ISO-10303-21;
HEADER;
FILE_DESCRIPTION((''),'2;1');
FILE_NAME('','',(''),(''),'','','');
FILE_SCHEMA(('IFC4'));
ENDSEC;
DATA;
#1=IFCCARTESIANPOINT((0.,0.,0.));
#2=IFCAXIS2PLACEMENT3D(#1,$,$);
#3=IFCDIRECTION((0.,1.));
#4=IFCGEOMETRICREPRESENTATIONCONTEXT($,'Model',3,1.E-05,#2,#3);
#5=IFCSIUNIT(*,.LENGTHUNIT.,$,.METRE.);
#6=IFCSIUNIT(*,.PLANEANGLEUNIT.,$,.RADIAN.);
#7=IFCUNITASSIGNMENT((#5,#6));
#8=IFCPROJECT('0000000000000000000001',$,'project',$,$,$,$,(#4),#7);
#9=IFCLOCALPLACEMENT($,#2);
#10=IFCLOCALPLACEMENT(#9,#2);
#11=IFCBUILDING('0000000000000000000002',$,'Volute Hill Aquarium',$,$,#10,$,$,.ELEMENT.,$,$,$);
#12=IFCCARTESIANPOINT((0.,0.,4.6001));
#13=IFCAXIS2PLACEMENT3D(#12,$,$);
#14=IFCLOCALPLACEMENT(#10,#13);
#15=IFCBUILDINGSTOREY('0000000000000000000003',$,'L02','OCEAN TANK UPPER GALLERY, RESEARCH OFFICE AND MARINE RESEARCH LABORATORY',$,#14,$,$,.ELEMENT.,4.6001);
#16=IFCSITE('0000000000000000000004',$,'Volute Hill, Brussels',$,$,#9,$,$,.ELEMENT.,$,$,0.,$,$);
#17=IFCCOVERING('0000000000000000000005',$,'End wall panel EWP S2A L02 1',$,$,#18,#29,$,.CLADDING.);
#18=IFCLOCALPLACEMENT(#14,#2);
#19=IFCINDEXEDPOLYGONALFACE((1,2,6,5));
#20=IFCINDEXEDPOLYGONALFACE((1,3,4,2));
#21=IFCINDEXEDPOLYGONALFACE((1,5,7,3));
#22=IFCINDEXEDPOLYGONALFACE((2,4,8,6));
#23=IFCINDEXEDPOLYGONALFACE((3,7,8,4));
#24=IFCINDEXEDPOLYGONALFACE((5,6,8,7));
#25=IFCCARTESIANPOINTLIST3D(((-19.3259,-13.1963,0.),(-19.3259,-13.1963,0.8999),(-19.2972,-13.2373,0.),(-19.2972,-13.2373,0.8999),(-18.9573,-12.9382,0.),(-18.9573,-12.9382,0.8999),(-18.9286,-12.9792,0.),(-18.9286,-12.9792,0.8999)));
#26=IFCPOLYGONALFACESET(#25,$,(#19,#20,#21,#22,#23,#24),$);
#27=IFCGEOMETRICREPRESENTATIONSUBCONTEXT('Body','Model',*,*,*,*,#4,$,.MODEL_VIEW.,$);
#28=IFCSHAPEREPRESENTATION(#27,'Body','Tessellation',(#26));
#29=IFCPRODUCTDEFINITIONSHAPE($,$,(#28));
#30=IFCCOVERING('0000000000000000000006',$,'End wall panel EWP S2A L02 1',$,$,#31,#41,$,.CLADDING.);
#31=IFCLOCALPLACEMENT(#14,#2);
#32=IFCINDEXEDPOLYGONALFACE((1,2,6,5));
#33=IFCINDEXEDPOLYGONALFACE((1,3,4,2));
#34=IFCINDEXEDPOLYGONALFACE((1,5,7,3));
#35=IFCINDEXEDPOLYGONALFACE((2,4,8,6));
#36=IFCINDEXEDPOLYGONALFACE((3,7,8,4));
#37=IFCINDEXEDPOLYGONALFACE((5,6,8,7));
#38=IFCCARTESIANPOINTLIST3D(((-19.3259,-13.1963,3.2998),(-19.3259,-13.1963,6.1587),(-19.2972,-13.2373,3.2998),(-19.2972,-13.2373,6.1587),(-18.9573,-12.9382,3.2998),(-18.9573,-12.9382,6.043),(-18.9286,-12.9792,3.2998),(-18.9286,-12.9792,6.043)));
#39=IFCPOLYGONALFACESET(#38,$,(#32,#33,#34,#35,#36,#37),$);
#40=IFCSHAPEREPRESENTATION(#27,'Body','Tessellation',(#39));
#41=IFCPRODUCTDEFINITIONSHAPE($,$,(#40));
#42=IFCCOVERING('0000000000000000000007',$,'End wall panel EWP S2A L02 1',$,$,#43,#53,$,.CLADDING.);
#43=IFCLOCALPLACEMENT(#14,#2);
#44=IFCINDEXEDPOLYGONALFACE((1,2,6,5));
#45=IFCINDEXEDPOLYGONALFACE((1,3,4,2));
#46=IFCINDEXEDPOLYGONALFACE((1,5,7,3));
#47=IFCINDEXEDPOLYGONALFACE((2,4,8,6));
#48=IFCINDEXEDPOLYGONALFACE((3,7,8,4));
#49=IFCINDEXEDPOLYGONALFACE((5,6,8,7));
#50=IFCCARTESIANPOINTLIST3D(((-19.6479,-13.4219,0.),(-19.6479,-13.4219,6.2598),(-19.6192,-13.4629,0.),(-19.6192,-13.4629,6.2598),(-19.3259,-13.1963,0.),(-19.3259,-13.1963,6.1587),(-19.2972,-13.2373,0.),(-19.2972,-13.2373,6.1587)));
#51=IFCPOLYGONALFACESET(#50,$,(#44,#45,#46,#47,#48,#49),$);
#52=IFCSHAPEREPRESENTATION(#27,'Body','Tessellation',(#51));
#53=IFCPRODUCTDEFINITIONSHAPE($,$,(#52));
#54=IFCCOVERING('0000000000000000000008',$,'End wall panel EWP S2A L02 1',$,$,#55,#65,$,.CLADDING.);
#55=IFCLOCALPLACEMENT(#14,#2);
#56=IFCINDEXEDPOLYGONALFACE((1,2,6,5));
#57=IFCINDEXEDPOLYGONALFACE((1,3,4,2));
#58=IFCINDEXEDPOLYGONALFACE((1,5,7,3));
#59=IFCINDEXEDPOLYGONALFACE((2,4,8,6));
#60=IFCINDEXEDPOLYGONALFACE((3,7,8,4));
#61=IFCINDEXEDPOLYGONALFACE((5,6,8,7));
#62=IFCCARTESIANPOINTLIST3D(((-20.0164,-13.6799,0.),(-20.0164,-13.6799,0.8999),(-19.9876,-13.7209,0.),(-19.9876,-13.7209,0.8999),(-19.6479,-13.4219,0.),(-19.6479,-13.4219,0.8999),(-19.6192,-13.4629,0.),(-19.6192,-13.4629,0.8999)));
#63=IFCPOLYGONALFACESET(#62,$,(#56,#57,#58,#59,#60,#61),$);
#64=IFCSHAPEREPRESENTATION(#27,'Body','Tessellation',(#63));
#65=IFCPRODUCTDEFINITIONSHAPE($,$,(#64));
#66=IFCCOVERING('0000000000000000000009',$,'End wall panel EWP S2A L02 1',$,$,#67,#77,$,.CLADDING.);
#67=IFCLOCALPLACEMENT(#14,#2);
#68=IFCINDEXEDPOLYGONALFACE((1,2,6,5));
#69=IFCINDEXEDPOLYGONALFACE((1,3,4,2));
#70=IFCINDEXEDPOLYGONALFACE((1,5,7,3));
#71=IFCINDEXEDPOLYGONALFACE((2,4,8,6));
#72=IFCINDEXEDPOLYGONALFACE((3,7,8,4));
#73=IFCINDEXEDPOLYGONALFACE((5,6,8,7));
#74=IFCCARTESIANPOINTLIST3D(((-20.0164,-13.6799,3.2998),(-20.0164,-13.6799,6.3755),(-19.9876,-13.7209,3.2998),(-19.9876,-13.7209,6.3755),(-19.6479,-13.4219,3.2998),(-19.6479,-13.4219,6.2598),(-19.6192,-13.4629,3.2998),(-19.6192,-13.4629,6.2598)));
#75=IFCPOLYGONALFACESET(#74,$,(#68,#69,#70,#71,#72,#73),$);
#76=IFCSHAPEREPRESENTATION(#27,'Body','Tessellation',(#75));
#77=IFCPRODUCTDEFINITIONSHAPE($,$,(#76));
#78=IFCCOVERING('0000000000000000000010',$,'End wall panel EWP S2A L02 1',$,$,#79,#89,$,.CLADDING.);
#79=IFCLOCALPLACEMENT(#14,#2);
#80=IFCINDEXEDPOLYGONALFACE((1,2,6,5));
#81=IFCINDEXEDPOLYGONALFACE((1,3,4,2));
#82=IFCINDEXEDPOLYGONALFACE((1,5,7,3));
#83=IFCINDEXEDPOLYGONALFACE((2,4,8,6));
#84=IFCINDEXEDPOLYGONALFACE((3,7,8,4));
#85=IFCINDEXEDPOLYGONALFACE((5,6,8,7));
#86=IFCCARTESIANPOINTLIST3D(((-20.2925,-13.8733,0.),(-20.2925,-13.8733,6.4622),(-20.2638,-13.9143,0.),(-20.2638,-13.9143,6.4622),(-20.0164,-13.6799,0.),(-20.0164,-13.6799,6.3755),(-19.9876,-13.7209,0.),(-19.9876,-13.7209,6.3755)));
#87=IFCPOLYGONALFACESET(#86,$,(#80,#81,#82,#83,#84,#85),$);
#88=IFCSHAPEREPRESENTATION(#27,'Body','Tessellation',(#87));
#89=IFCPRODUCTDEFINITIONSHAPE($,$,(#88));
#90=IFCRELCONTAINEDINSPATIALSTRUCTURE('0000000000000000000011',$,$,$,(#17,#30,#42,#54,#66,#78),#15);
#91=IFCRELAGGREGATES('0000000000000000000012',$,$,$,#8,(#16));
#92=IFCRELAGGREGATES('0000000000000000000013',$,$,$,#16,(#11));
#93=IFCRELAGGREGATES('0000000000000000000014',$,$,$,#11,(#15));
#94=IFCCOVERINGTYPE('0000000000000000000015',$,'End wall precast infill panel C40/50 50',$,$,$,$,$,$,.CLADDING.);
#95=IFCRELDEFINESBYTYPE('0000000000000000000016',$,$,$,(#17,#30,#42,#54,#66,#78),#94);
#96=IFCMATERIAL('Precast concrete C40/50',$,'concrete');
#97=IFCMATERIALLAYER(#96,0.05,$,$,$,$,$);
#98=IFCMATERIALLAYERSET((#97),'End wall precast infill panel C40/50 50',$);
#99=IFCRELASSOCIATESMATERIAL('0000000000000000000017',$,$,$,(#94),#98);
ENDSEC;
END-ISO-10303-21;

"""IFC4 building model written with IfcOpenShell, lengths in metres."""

from ifc_helpers import new_model, si_unit, direction, frame, origin, place, context, subcontext, project, spatial, polyline, outline, extrude, material, layer, layer_set, type_object, element, save


model = new_model("IFC4")

# Units and contexts
model_context = context("Model", 3, precision=1e-05, world=origin(), true_north=direction((0.0, 1.0)))
body_context = subcontext(model_context, "Body", "Model", "MODEL_VIEW")
ifc_project = project(units=[si_unit("LENGTHUNIT", "METRE"), si_unit("PLANEANGLEUNIT", "RADIAN")], contexts=[model_context])

# Site, building, storey
site_placement = place(None, origin())
site = spatial("IfcSite", under=ifc_project, at=site_placement, Name="Volute Hill, Brussels", CompositionType="ELEMENT", RefElevation=0.0)
building_placement = place(site_placement, origin())
building = spatial("IfcBuilding", under=site, at=building_placement, Name="Volute Hill Aquarium", CompositionType="ELEMENT")
storey_placement = place(building_placement, frame((0.0, 0.0, 4.6001)))
storey = spatial("IfcBuildingStorey", under=building, at=storey_placement, Name="L02", Description="OCEAN TANK UPPER GALLERY, RESEARCH OFFICE AND MARINE RESEARCH LABORATORY", CompositionType="ELEMENT", Elevation=4.6001)

# Coverings
ifc_material_1 = material(Name="Precast concrete C40/50", Category="concrete")
ifc_layer_1 = layer(ifc_material_1, 0.05)
ifc_layer_set_1 = layer_set([ifc_layer_1], Name="End wall precast infill panel C40/50 50")
covering_type_1 = type_object("IfcCoveringType", Name="End wall precast infill panel C40/50 50", PredefinedType="CLADDING", material=ifc_layer_set_1)
covering_1_placement = place(storey_placement, frame((-18.9573, -12.9382, 0.0), z_axis=(-0.573462, 0.819232, 0.0), x_axis=(-0.819232, -0.573462, 0.0)))
element("IfcCovering", 1, at=covering_1_placement, inside=storey, type_object=covering_type_1, Name="End wall panel EWP S2A L02 1", PredefinedType="CLADDING", context=body_context, shape_type="SweptSolid", body=[
    extrude(outline(polyline([(0.0, 0.0), (0.45, 0.0), (0.45, 0.8999), (0.0, 0.8999), (0.0, 0.0)])), origin(), (0.0, 0.0, -1.0), 0.05),
])
covering_2_placement = place(storey_placement, frame((-18.9573, -12.9382, 3.2998), z_axis=(-0.573462, 0.819232, 0.0), x_axis=(-0.819232, -0.573462, 0.0)))
element("IfcCovering", 2, at=covering_2_placement, inside=storey, type_object=covering_type_1, Name="End wall panel EWP S2A L02 1", PredefinedType="CLADDING", context=body_context, shape_type="SweptSolid", body=[
    extrude(outline(polyline([(0.0, 0.0), (0.45, 0.0), (0.45, 2.8589), (0.0, 2.7432), (0.0, 0.0)])), origin(), (0.0, 0.0, -1.0), 0.05),
])
covering_3_placement = place(storey_placement, frame((-19.3259, -13.1963, 0.0), z_axis=(-0.573754, 0.819028, 0.0), x_axis=(-0.819028, -0.573754, 0.0)))
element("IfcCovering", 3, at=covering_3_placement, inside=storey, type_object=covering_type_1, Name="End wall panel EWP S2A L02 1", PredefinedType="CLADDING", context=body_context, shape_type="SweptSolid", body=[
    extrude(outline(polyline([(0.0, 0.0), (0.3932, 0.0), (0.3932, 6.2598), (0.0, 6.1587), (0.0, 0.0)])), origin(), (0.0, 0.0, -1.0), 0.05),
])
covering_4_placement = place(storey_placement, frame((-19.6479, -13.4219, 0.0), z_axis=(-0.573717, 0.819053, 0.0), x_axis=(-0.819053, -0.573717, 0.0)))
element("IfcCovering", 4, at=covering_4_placement, inside=storey, type_object=covering_type_1, Name="End wall panel EWP S2A L02 1", PredefinedType="CLADDING", context=body_context, shape_type="SweptSolid", body=[
    extrude(outline(polyline([(0.0, 0.0), (0.4498, 0.0), (0.4498, 0.8999), (0.0, 0.8999), (0.0, 0.0)])), origin(), (0.0, 0.0, -1.0), 0.05),
])
covering_5_placement = place(storey_placement, frame((-19.6479, -13.4219, 3.2998), z_axis=(-0.573717, 0.819053, 0.0), x_axis=(-0.819053, -0.573717, 0.0)))
element("IfcCovering", 5, at=covering_5_placement, inside=storey, type_object=covering_type_1, Name="End wall panel EWP S2A L02 1", PredefinedType="CLADDING", context=body_context, shape_type="SweptSolid", body=[
    extrude(outline(polyline([(0.0, 0.0), (0.4498, 0.0), (0.4498, 3.0757), (0.0, 2.96), (0.0, 0.0)])), origin(), (0.0, 0.0, -1.0), 0.05),
])
covering_6_placement = place(storey_placement, frame((-20.0164, -13.6799, 0.0), z_axis=(-0.573608, 0.81913, 0.0), x_axis=(-0.81913, -0.573608, 0.0)))
element("IfcCovering", 6, at=covering_6_placement, inside=storey, type_object=covering_type_1, Name="End wall panel EWP S2A L02 1", PredefinedType="CLADDING", context=body_context, shape_type="SweptSolid", body=[
    extrude(outline(polyline([(0.0, 0.0), (0.3371, 0.0), (0.3371, 6.4622), (0.0, 6.3755), (0.0, 0.0)])), origin(), (0.0, 0.0, -1.0), 0.05),
])

save(model, "model.ifc")
